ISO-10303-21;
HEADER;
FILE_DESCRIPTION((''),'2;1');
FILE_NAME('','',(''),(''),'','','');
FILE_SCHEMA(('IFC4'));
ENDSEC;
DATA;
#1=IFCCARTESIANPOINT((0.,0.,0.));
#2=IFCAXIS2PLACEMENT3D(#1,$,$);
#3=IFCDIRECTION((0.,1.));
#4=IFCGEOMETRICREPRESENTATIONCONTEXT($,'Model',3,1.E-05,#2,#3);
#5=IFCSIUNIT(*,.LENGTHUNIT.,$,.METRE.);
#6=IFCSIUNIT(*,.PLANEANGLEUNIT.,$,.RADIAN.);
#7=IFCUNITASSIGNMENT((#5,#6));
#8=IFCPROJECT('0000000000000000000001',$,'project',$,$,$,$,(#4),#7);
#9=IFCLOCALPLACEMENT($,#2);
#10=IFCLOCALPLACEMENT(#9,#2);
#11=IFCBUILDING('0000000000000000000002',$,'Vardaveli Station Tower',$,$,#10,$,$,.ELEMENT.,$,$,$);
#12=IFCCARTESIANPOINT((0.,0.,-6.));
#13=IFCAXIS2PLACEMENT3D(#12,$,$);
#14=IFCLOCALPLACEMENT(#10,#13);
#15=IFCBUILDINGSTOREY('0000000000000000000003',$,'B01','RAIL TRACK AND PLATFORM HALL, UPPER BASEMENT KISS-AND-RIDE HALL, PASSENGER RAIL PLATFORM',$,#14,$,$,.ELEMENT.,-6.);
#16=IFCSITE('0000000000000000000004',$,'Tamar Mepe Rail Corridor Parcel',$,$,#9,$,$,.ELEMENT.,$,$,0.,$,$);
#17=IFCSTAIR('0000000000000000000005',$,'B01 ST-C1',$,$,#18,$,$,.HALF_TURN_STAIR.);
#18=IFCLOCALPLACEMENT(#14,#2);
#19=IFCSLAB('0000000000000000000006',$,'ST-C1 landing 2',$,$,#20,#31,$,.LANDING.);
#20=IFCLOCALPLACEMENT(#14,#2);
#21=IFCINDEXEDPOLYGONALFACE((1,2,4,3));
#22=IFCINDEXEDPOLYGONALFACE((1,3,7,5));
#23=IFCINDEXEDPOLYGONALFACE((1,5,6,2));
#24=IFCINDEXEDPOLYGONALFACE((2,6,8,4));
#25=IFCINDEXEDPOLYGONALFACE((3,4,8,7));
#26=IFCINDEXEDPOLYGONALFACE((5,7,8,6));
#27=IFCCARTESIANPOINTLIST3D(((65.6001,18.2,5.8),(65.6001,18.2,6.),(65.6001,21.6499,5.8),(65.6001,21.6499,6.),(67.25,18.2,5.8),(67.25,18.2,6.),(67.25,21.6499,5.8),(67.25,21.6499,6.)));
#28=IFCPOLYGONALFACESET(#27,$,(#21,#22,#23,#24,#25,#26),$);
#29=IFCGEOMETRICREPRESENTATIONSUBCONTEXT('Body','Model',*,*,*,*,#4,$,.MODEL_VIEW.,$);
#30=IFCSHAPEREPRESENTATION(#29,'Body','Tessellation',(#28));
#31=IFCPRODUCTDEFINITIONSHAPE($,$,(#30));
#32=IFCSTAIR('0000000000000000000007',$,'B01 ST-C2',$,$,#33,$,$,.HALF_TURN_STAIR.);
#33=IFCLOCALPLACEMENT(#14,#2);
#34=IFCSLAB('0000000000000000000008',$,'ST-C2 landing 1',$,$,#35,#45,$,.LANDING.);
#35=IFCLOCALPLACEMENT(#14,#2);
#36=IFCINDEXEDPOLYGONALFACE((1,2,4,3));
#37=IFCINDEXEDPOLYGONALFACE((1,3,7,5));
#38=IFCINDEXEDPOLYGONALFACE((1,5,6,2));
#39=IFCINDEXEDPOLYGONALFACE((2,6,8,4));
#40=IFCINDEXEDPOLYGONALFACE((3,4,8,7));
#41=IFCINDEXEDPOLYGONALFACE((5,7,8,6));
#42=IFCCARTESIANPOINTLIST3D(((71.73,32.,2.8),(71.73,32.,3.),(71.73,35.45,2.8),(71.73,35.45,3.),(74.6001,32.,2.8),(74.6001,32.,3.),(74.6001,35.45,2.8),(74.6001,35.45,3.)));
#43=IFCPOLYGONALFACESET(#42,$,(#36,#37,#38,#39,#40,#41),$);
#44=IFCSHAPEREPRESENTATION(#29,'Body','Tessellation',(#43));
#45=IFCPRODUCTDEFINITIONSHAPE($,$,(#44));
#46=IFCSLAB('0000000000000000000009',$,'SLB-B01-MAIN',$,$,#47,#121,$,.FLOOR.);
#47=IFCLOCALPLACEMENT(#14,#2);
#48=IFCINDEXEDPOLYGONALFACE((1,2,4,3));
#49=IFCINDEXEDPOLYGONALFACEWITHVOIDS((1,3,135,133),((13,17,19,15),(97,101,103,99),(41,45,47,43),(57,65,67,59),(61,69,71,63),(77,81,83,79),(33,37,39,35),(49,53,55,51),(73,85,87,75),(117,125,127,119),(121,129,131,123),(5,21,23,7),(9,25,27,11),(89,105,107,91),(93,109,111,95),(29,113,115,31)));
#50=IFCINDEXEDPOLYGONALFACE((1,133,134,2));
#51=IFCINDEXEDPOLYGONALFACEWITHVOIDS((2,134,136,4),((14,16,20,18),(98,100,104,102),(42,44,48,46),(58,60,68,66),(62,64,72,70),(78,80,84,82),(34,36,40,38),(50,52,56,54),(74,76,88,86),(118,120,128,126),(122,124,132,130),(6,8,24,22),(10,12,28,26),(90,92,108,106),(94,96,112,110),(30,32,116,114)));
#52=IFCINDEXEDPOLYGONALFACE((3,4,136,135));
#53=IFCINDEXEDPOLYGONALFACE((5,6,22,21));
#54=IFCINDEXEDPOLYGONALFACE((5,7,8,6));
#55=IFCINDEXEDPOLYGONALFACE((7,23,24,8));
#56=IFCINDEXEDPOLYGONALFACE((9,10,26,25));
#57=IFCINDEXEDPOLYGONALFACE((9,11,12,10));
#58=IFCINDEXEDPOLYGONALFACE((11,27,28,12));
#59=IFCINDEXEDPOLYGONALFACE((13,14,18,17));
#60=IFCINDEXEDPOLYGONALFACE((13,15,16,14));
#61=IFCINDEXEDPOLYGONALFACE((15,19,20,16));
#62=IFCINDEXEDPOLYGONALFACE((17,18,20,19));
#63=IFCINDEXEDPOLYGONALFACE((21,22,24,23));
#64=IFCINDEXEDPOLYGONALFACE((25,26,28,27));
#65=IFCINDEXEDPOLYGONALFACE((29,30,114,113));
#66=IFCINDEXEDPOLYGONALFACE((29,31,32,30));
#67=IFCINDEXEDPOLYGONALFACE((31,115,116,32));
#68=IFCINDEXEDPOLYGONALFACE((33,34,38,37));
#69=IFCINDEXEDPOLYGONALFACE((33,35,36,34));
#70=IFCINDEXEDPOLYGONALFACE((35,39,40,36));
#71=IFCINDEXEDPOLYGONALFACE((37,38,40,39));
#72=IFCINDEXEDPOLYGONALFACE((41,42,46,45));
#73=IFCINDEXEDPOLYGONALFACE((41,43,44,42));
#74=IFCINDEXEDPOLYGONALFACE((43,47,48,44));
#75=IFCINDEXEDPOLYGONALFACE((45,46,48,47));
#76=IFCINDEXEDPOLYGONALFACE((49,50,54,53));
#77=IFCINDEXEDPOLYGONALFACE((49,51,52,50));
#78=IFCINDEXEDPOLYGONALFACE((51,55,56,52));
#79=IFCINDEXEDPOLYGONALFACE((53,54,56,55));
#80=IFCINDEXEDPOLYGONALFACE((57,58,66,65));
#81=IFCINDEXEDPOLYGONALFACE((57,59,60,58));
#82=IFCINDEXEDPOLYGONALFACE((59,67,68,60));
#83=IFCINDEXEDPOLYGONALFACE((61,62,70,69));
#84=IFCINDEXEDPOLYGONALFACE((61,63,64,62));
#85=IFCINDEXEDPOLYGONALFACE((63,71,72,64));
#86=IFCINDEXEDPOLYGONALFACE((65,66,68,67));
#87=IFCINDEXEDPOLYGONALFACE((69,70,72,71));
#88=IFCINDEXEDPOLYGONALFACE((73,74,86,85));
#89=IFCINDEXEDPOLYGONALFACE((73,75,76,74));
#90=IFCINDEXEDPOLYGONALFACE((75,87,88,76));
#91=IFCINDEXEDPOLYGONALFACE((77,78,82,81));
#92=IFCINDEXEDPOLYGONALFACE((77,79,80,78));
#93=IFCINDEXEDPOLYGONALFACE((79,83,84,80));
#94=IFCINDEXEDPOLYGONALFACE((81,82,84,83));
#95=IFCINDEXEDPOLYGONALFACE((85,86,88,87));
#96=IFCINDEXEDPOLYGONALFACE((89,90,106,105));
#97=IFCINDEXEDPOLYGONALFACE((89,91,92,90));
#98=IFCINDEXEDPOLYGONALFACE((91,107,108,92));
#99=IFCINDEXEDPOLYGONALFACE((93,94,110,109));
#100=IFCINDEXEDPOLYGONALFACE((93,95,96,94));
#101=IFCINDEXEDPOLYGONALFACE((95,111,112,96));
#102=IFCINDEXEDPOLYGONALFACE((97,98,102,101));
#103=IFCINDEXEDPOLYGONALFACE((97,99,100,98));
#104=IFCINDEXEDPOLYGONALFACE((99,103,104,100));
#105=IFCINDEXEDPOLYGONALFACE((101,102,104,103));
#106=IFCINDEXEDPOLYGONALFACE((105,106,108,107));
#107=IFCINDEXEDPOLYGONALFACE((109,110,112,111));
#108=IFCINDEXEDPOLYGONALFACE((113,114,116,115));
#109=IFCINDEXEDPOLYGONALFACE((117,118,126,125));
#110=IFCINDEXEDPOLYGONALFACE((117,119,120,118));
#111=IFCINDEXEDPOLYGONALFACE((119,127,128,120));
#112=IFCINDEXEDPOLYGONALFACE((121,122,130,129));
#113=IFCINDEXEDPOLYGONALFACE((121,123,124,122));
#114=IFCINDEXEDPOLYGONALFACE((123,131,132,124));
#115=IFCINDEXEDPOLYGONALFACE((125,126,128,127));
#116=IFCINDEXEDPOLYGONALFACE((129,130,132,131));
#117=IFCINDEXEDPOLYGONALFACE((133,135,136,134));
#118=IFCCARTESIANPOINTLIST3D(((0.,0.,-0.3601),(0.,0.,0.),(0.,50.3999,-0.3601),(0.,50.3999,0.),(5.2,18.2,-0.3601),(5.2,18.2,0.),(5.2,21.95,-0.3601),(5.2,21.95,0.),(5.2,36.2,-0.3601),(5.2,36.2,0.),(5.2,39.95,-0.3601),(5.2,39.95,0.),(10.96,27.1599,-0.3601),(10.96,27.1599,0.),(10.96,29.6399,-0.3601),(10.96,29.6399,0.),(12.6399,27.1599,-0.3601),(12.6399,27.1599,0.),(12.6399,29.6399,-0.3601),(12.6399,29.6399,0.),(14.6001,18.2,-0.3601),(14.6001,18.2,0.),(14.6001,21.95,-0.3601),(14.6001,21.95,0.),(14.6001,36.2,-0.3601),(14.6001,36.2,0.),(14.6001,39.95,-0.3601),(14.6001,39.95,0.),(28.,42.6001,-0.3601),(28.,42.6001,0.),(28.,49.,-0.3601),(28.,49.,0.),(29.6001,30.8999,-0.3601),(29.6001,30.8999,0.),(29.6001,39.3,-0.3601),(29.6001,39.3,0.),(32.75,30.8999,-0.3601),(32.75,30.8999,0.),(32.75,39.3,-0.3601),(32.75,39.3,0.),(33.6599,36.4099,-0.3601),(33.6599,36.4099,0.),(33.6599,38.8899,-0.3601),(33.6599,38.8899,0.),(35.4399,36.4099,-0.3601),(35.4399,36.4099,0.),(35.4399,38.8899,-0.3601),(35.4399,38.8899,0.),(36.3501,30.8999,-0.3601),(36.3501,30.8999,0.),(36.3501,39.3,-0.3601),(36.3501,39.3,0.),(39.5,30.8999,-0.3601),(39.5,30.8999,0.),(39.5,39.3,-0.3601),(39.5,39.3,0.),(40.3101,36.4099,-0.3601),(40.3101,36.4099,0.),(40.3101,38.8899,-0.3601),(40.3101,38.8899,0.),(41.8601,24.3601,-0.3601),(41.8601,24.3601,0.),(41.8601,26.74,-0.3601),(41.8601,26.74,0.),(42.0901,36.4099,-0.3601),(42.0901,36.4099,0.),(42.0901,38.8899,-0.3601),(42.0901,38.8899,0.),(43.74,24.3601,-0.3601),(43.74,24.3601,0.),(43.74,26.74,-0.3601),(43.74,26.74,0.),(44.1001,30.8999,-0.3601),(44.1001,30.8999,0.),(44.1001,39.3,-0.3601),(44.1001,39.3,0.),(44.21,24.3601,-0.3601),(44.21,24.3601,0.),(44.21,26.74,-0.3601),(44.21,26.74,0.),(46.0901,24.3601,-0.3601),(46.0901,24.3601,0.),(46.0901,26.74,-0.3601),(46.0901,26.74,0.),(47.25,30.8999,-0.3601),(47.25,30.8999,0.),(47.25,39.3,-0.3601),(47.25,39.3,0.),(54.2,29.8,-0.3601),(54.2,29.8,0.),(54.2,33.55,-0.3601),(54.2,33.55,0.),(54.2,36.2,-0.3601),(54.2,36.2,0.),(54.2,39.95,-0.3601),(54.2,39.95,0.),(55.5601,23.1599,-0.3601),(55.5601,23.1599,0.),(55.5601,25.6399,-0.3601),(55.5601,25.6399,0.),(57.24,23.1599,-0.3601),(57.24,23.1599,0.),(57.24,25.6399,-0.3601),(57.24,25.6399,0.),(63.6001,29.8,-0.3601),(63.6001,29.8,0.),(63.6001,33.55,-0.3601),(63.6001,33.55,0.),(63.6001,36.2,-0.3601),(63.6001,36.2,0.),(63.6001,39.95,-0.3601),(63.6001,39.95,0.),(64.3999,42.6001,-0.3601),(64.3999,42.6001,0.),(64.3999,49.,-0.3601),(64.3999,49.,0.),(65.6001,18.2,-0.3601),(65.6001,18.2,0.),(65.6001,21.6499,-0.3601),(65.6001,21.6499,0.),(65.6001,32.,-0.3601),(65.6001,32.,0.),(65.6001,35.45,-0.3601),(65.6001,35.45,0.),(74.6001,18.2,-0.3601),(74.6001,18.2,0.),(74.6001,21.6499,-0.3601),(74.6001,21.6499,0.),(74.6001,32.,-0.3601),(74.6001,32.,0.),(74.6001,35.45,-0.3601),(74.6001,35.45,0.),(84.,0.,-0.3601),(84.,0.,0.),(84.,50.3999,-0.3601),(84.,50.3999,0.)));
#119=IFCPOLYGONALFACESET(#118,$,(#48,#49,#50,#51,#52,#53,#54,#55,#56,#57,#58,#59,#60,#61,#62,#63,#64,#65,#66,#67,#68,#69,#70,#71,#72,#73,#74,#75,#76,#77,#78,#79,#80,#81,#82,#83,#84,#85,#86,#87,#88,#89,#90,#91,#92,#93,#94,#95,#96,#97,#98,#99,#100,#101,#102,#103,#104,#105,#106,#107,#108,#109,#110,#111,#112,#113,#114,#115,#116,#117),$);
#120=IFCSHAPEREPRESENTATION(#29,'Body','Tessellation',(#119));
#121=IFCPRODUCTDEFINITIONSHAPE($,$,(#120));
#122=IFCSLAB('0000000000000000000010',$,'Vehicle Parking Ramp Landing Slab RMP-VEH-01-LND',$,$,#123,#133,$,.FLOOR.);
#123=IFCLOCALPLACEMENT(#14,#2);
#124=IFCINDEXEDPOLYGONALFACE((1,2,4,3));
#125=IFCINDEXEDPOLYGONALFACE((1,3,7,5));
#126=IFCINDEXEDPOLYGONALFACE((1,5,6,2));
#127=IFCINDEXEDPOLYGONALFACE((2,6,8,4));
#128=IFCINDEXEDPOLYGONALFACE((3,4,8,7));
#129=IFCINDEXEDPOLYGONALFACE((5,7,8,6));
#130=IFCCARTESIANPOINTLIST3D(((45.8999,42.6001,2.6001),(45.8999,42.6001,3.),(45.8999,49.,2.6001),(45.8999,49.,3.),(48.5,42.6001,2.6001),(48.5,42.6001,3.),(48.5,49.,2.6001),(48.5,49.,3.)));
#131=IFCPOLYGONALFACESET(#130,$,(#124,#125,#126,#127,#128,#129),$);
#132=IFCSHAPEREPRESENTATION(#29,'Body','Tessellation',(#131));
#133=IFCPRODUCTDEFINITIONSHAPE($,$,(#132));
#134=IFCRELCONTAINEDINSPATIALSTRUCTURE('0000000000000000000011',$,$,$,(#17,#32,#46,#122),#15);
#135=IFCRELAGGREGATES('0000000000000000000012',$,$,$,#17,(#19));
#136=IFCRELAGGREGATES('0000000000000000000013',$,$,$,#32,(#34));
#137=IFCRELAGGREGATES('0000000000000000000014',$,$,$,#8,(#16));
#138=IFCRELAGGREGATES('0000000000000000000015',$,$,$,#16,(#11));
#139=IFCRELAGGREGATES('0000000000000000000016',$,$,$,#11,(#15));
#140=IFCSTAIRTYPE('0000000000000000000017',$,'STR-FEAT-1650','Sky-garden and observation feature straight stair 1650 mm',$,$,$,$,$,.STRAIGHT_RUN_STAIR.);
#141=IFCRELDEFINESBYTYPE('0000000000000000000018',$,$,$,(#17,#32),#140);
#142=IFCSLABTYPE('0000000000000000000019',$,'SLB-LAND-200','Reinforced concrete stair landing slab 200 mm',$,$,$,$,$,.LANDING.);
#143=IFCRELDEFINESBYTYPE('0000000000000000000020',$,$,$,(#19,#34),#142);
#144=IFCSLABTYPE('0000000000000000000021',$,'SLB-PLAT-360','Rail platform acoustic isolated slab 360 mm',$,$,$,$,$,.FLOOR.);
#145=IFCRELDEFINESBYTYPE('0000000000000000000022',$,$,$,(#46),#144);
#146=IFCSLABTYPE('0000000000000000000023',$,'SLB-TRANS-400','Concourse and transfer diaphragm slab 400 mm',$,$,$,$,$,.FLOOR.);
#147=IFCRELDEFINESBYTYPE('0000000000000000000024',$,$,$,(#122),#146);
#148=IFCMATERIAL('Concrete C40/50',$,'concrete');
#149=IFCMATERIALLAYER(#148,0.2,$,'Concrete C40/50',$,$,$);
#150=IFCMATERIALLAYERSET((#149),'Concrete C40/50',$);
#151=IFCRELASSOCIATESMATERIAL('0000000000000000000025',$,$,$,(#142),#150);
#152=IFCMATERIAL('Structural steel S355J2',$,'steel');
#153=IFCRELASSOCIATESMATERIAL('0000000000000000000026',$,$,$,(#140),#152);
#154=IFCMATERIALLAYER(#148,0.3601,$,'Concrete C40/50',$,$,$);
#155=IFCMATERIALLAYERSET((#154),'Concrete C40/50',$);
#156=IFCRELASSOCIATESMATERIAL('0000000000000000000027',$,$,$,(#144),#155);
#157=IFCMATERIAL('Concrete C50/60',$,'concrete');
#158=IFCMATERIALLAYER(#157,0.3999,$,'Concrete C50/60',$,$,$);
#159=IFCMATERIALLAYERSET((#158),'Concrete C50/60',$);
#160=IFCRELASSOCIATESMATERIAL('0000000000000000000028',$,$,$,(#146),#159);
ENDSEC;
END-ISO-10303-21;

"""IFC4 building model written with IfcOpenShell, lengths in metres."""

from ifc_helpers import new_model, si_unit, direction, frame, origin, place, context, subcontext, project, spatial, polyline, outline, extrude, material, layer, layer_set, type_object, element, aggregate, save


model = new_model("IFC4")

# Units and contexts
model_context = context("Model", 3, precision=1e-05, world=origin(), true_north=direction((0.0, 1.0)))
body_context = subcontext(model_context, "Body", "Model", "MODEL_VIEW")
ifc_project = project(units=[si_unit("LENGTHUNIT", "METRE"), si_unit("PLANEANGLEUNIT", "RADIAN")], contexts=[model_context])

# Site, building, storey
site_placement = place(None, origin())
site = spatial("IfcSite", under=ifc_project, at=site_placement, Name="Tamar Mepe Rail Corridor Parcel", CompositionType="ELEMENT", RefElevation=0.0)
building_placement = place(site_placement, origin())
building = spatial("IfcBuilding", under=site, at=building_placement, Name="Vardaveli Station Tower", CompositionType="ELEMENT")
storey_placement = place(building_placement, frame((0.0, 0.0, -6.0)))
storey = spatial("IfcBuildingStorey", under=building, at=storey_placement, Name="B01", Description="RAIL TRACK AND PLATFORM HALL, UPPER BASEMENT KISS-AND-RIDE HALL, PASSENGER RAIL PLATFORM", CompositionType="ELEMENT", Elevation=-6.0)

# Stair, slab
ifc_material_1 = material(Name="Concrete C40/50", Category="concrete")
ifc_layer_1 = layer(ifc_material_1, 0.2, Name="Concrete C40/50")
ifc_layer_set_1 = layer_set([ifc_layer_1], Name="Concrete C40/50")
slab_type_1 = type_object("IfcSlabType", Name="SLB-LAND-200", Description="Reinforced concrete stair landing slab 200 mm", PredefinedType="LANDING", material=ifc_layer_set_1)
ifc_material_2 = material(Name="Structural steel S355J2", Category="steel")
stair_type_1 = type_object("IfcStairType", Name="STR-FEAT-1650", Description="Sky-garden and observation feature straight stair 1650 mm", PredefinedType="STRAIGHT_RUN_STAIR", material=ifc_material_2)
stair_1_placement = place(storey_placement, origin())
stair_1 = element("IfcStair", 1, at=stair_1_placement, inside=storey, type_object=stair_type_1, Name="B01 ST-C1", PredefinedType="HALF_TURN_STAIR")
slab_1_placement = place(storey_placement, frame((0.0, 0.0, 5.8)))
slab_1 = element("IfcSlab", 2, at=slab_1_placement, type_object=slab_type_1, Name="ST-C1 landing 2", PredefinedType="LANDING", context=body_context, shape_type="SweptSolid", body=[
    extrude(outline(polyline([(65.6001, 18.2), (67.25, 18.2), (67.25, 21.6499), (65.6001, 21.6499), (65.6001, 18.2)])), origin(), (0.0, 0.0, 1.0), 0.2),
])
aggregate(stair_1, [slab_1])

# Stair, slab
stair_2_placement = place(storey_placement, origin())
stair_2 = element("IfcStair", 3, at=stair_2_placement, inside=storey, type_object=stair_type_1, Name="B01 ST-C2", PredefinedType="HALF_TURN_STAIR")
slab_2_placement = place(storey_placement, frame((0.0, 0.0, 2.8)))
slab_2 = element("IfcSlab", 4, at=slab_2_placement, type_object=slab_type_1, Name="ST-C2 landing 1", PredefinedType="LANDING", context=body_context, shape_type="SweptSolid", body=[
    extrude(outline(polyline([(71.73, 32.0), (74.6001, 32.0), (74.6001, 35.45), (71.73, 35.45), (71.73, 32.0)])), origin(), (0.0, 0.0, 1.0), 0.2),
])
aggregate(stair_2, [slab_2])

# Slabs
ifc_layer_2 = layer(ifc_material_1, 0.3601, Name="Concrete C40/50")
ifc_layer_set_2 = layer_set([ifc_layer_2], Name="Concrete C40/50")
slab_type_2 = type_object("IfcSlabType", Name="SLB-PLAT-360", Description="Rail platform acoustic isolated slab 360 mm", PredefinedType="FLOOR", material=ifc_layer_set_2)
slab_3_placement = place(storey_placement, frame((0.0, 0.0, -0.3601)))
element("IfcSlab", 5, at=slab_3_placement, inside=storey, type_object=slab_type_2, Name="SLB-B01-MAIN", PredefinedType="FLOOR", context=body_context, shape_type="SweptSolid", body=[
    extrude(outline(polyline([(0.0, 0.0), (84.0, 0.0), (84.0, 50.3999), (0.0, 50.3999), (0.0, 0.0)]), holes=[polyline([(32.75, 30.8999), (32.75, 39.3), (29.6001, 39.3), (29.6001, 30.8999), (32.75, 30.8999)]), polyline([(39.5, 30.8999), (39.5, 39.3), (36.3501, 39.3), (36.3501, 30.8999), (39.5, 30.8999)]), polyline([(47.25, 30.8999), (47.25, 39.3), (44.1001, 39.3), (44.1001, 30.8999), (47.25, 30.8999)]), polyline([(5.2, 18.2), (14.6001, 18.2), (14.6001, 21.95), (5.2, 21.95), (5.2, 18.2)]), polyline([(54.2, 29.8), (63.6001, 29.8), (63.6001, 33.55), (54.2, 33.55), (54.2, 29.8)]), polyline([(5.2, 36.2), (14.6001, 36.2), (14.6001, 39.95), (5.2, 39.95), (5.2, 36.2)]), polyline([(54.2, 36.2), (63.6001, 36.2), (63.6001, 39.95), (54.2, 39.95), (54.2, 36.2)]), polyline([(65.6001, 18.2), (74.6001, 18.2), (74.6001, 21.6499), (65.6001, 21.6499), (65.6001, 18.2)]), polyline([(65.6001, 32.0), (74.6001, 32.0), (74.6001, 35.45), (65.6001, 35.45), (65.6001, 32.0)]), polyline([(10.96, 27.1599), (12.6399, 27.1599), (12.6399, 29.6399), (10.96, 29.6399), (10.96, 27.1599)]), polyline([(55.5601, 23.1599), (57.24, 23.1599), (57.24, 25.6399), (55.5601, 25.6399), (55.5601, 23.1599)]), polyline([(33.6599, 36.4099), (35.4399, 36.4099), (35.4399, 38.8899), (33.6599, 38.8899), (33.6599, 36.4099)]), polyline([(40.3101, 36.4099), (42.0901, 36.4099), (42.0901, 38.8899), (40.3101, 38.8899), (40.3101, 36.4099)]), polyline([(41.8601, 24.3601), (43.74, 24.3601), (43.74, 26.74), (41.8601, 26.74), (41.8601, 24.3601)]), polyline([(44.21, 24.3601), (46.0901, 24.3601), (46.0901, 26.74), (44.21, 26.74), (44.21, 24.3601)]), polyline([(28.0, 42.6001), (64.3999, 42.6001), (64.3999, 49.0), (28.0, 49.0), (28.0, 42.6001)])]), origin(), (0.0, 0.0, 1.0), 0.3601),
])
ifc_material_3 = material(Name="Concrete C50/60", Category="concrete")
ifc_layer_3 = layer(ifc_material_3, 0.3999, Name="Concrete C50/60")
ifc_layer_set_3 = layer_set([ifc_layer_3], Name="Concrete C50/60")
slab_type_3 = type_object("IfcSlabType", Name="SLB-TRANS-400", Description="Concourse and transfer diaphragm slab 400 mm", PredefinedType="FLOOR", material=ifc_layer_set_3)
slab_4_placement = place(storey_placement, frame((0.0, 0.0, 2.6001)))
element("IfcSlab", 6, at=slab_4_placement, inside=storey, type_object=slab_type_3, Name="Vehicle Parking Ramp Landing Slab RMP-VEH-01-LND", PredefinedType="FLOOR", context=body_context, shape_type="SweptSolid", body=[
    extrude(outline(polyline([(45.8999, 42.6001), (48.5, 42.6001), (48.5, 49.0), (45.8999, 49.0), (45.8999, 42.6001)])), origin(), (0.0, 0.0, 1.0), 0.3999),
])

save(model, "model.ifc")
